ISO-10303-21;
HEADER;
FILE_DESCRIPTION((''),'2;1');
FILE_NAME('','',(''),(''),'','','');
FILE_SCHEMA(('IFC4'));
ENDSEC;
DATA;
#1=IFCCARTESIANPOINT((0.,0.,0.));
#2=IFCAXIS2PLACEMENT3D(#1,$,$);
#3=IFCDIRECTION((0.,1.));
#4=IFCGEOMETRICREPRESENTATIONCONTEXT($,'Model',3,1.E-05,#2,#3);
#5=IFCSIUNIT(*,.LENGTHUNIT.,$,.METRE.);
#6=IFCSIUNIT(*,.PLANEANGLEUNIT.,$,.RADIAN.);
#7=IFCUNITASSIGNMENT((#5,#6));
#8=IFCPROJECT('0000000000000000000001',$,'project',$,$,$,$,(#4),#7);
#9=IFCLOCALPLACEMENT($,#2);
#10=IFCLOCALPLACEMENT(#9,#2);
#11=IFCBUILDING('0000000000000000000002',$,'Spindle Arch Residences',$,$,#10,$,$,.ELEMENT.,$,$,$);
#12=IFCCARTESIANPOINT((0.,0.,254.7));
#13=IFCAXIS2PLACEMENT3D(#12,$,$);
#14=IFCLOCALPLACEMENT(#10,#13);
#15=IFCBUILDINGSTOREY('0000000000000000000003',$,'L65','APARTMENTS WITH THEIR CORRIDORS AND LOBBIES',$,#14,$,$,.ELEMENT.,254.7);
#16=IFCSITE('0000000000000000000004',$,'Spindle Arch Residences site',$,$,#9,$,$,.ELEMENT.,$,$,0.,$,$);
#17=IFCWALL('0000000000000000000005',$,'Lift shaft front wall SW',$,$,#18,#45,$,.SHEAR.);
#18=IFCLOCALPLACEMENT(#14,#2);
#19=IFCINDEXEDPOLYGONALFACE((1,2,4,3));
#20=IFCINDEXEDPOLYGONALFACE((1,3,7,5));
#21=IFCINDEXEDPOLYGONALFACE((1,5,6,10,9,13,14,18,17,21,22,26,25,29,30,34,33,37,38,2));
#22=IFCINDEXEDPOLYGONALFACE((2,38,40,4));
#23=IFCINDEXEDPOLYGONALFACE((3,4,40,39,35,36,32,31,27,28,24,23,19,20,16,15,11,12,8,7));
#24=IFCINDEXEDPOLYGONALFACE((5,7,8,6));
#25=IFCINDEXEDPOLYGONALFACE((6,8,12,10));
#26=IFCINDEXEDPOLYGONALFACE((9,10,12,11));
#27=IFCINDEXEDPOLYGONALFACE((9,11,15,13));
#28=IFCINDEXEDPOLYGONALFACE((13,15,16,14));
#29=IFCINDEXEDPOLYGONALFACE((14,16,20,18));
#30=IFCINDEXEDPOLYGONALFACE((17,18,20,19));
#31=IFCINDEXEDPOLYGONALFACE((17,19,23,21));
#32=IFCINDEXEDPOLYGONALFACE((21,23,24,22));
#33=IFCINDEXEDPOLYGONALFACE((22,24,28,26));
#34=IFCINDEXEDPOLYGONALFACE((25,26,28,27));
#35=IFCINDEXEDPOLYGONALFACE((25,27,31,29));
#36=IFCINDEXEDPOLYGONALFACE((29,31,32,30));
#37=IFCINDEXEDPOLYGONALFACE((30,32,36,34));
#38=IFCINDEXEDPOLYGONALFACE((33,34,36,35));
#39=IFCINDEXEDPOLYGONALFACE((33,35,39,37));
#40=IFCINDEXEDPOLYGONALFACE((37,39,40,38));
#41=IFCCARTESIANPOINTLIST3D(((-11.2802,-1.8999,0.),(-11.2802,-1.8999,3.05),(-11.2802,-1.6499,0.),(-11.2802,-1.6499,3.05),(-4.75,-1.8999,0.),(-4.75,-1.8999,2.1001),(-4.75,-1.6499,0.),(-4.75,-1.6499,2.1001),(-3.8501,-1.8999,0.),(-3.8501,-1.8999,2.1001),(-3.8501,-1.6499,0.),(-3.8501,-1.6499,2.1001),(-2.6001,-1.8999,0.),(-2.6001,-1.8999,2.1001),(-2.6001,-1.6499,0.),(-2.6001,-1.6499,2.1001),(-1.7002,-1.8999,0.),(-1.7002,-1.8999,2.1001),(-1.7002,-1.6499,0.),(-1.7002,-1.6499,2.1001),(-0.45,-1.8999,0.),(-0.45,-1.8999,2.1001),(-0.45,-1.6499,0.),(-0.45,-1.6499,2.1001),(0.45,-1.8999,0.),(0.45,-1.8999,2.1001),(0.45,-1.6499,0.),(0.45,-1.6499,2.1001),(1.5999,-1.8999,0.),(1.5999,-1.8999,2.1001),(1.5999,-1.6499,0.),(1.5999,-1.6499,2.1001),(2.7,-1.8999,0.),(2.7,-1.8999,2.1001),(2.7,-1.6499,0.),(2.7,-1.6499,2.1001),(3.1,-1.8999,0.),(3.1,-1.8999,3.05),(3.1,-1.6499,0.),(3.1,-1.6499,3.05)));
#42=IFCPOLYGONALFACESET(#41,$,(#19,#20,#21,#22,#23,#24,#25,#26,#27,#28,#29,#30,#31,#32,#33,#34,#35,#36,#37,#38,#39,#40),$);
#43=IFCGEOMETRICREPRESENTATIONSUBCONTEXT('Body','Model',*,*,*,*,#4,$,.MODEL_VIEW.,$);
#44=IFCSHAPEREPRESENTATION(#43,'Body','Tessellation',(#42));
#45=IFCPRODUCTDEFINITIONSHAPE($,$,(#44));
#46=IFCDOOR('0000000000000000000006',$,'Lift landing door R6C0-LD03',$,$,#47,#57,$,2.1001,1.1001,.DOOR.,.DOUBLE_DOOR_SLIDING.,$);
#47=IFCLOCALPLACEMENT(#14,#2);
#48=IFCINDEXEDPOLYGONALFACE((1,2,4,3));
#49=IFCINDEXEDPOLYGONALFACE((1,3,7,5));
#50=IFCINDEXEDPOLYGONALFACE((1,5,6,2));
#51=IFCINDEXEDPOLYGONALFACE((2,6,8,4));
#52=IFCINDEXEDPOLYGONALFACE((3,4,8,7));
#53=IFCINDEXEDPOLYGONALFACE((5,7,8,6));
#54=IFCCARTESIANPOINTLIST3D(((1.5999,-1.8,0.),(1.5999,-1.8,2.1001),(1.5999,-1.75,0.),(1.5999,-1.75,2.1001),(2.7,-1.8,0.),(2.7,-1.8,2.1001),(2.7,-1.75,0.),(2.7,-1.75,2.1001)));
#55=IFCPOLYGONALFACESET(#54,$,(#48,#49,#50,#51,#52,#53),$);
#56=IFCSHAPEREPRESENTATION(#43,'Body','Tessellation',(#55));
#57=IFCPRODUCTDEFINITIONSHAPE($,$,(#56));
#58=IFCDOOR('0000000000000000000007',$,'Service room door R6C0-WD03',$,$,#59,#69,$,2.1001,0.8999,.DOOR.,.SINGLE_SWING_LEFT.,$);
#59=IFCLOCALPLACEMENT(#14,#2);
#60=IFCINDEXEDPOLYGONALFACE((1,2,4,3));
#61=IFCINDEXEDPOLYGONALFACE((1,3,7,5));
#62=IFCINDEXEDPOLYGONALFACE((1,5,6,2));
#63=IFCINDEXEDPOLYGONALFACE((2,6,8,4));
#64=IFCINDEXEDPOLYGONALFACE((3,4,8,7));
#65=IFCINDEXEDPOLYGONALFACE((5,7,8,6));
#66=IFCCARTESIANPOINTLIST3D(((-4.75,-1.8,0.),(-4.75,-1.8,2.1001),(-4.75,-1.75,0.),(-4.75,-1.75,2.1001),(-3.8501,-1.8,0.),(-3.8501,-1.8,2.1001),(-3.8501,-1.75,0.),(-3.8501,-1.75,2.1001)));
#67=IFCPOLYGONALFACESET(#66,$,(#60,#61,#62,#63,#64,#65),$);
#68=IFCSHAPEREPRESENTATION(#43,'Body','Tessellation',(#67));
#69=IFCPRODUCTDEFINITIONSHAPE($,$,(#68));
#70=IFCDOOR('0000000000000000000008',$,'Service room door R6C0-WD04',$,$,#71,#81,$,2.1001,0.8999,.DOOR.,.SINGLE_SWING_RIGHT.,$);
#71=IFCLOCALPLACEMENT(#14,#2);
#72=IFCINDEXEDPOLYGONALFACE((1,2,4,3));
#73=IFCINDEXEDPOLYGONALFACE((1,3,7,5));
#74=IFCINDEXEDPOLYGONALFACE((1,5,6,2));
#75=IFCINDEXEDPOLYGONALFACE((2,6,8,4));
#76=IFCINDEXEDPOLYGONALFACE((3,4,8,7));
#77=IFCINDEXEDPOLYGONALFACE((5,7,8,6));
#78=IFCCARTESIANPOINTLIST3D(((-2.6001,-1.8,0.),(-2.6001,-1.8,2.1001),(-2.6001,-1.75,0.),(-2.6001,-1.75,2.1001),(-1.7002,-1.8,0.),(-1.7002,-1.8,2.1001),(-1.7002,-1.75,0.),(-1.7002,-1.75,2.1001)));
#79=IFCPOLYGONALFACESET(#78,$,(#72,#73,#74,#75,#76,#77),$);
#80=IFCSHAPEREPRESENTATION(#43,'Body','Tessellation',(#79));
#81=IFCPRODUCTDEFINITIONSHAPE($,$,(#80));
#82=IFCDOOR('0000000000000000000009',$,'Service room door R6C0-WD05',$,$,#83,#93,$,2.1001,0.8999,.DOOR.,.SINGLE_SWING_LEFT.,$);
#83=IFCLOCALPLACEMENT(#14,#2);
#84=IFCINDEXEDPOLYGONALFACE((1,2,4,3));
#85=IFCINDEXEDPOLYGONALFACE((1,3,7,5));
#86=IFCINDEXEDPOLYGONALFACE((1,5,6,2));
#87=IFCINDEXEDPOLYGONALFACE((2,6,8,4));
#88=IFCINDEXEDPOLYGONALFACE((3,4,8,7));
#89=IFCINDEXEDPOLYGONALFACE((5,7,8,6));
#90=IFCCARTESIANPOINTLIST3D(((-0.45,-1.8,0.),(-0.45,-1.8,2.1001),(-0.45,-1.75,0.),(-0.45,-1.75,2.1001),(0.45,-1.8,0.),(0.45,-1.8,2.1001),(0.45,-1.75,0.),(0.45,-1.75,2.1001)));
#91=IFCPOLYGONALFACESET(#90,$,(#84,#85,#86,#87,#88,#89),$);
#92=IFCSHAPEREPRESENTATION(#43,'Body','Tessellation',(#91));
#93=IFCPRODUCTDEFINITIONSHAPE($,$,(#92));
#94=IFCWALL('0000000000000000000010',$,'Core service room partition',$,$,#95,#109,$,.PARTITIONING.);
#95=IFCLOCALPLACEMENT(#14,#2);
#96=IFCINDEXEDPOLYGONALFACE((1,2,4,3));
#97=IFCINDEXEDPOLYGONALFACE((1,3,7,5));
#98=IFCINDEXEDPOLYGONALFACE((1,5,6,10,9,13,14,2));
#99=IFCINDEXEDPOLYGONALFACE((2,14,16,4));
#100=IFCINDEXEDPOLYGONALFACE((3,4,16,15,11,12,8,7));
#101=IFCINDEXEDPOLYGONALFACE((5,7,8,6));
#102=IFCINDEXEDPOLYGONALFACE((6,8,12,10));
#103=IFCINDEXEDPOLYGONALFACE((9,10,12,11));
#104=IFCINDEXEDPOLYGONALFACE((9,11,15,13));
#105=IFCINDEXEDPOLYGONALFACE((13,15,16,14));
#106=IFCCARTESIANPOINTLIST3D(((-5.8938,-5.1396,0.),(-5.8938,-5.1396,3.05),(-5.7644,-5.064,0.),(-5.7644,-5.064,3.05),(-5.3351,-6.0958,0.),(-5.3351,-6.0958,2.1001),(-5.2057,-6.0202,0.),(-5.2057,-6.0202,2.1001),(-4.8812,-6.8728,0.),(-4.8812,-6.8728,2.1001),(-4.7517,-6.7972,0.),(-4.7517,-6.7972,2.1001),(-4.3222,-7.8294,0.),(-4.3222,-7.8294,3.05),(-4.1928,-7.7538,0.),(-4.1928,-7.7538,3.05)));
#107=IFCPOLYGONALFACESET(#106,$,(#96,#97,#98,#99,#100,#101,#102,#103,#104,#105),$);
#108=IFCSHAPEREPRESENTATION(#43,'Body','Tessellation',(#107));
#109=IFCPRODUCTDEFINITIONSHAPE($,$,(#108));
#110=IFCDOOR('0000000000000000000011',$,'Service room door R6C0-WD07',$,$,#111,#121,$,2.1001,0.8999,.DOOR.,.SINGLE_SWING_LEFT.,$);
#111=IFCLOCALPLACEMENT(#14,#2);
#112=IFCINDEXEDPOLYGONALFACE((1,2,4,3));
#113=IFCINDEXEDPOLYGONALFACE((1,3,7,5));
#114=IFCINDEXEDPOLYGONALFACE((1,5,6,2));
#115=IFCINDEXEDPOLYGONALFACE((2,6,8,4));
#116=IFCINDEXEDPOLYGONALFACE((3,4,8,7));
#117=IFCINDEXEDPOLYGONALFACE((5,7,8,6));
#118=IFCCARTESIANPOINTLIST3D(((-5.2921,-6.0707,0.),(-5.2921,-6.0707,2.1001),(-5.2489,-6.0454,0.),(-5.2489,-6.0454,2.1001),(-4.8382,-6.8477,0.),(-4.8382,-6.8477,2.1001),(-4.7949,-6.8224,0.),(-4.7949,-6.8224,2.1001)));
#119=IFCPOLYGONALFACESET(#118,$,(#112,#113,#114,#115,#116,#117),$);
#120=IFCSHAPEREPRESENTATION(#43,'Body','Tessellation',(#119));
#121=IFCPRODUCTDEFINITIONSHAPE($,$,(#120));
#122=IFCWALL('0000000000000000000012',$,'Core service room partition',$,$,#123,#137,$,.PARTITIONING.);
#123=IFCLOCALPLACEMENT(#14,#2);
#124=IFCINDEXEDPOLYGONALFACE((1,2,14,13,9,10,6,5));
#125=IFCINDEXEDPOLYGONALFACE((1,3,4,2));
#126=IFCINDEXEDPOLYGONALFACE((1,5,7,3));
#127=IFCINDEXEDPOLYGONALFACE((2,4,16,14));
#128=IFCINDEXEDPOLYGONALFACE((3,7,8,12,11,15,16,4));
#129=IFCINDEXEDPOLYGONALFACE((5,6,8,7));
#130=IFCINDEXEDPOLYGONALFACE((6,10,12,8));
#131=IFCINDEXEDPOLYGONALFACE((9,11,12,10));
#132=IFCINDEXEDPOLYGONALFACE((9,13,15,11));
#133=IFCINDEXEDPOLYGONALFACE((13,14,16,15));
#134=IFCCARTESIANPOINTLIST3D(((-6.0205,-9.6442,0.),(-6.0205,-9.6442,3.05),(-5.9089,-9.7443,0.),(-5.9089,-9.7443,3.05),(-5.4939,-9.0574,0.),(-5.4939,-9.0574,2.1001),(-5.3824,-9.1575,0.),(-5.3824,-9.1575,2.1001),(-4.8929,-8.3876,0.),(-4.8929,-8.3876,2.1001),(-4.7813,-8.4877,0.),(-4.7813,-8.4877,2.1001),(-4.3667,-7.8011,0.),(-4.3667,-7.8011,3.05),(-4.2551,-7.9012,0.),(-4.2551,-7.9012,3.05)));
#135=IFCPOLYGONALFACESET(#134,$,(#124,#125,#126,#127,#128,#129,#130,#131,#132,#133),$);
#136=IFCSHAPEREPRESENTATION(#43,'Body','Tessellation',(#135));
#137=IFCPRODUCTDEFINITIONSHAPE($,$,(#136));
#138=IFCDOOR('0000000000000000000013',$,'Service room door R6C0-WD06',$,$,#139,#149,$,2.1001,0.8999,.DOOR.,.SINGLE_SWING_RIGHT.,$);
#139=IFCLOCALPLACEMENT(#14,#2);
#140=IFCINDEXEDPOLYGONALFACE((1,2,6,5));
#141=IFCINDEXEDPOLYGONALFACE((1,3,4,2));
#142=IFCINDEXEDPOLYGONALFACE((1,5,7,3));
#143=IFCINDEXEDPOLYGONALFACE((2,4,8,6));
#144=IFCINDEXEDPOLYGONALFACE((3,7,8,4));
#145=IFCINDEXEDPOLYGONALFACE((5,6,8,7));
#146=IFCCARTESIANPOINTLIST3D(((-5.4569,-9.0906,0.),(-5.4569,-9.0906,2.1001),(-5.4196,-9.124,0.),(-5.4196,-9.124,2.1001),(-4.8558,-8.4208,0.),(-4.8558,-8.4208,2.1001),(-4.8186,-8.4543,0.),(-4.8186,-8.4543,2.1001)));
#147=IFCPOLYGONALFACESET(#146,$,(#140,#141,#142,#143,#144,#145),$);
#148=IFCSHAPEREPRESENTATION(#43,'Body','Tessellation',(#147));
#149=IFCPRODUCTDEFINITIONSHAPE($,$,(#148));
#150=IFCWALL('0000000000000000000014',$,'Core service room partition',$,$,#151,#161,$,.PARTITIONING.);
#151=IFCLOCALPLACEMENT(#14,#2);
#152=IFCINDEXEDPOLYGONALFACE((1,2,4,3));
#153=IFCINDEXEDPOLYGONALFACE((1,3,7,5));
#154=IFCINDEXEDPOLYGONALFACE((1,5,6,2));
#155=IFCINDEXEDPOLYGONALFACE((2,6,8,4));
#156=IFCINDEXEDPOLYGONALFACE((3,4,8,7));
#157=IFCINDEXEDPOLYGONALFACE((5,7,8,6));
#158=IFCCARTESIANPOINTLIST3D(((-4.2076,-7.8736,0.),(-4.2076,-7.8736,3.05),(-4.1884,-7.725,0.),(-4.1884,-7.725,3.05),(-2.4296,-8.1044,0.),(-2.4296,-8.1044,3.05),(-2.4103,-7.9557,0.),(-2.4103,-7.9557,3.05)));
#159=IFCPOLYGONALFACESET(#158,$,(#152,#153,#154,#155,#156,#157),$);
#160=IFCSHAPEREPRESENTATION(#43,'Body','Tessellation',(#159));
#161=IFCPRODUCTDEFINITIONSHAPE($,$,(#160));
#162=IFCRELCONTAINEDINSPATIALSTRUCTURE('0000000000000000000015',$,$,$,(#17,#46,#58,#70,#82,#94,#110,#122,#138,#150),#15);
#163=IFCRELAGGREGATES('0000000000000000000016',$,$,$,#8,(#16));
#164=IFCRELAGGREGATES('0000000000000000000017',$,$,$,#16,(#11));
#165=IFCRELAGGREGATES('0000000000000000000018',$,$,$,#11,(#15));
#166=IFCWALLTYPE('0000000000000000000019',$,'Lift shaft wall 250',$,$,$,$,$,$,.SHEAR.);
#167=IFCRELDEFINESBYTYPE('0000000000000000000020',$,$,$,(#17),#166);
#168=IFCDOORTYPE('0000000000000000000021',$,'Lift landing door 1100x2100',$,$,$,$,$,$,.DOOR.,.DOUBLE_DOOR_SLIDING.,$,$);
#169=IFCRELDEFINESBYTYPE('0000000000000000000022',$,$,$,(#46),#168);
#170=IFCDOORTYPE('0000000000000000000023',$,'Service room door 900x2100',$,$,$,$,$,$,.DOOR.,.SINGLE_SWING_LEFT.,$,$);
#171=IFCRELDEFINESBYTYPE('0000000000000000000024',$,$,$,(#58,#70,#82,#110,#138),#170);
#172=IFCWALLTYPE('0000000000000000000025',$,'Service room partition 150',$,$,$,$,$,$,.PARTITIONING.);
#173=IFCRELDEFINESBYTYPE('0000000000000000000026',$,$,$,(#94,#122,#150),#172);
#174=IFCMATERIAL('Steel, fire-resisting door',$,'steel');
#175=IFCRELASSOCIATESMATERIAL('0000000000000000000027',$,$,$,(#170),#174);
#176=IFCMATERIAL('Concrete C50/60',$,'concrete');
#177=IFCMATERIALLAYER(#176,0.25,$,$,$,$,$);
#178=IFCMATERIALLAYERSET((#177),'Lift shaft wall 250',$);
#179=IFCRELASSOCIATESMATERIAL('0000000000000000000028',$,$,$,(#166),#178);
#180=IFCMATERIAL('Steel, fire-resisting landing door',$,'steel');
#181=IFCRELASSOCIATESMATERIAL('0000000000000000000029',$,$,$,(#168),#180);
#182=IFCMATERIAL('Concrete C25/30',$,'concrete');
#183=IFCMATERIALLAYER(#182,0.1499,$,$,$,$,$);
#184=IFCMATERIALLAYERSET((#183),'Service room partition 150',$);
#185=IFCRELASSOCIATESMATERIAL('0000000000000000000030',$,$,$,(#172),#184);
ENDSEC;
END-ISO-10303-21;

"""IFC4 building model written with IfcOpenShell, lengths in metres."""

from ifc_helpers import new_model, si_unit, direction, frame, frame_2d, origin, place, context, subcontext, project, spatial, rectangle, extrude, material, layer, layer_set, type_object, element, fill, save


model = new_model("IFC4")

# Units and contexts
model_context = context("Model", 3, precision=1e-05, world=origin(), true_north=direction((0.0, 1.0)))
body_context = subcontext(model_context, "Body", "Model", "MODEL_VIEW")
ifc_project = project(units=[si_unit("LENGTHUNIT", "METRE"), si_unit("PLANEANGLEUNIT", "RADIAN")], contexts=[model_context])

# Site, building, storey
site_placement = place(None, origin())
site = spatial("IfcSite", under=ifc_project, at=site_placement, Name="Spindle Arch Residences site", CompositionType="ELEMENT", RefElevation=0.0)
building_placement = place(site_placement, origin())
building = spatial("IfcBuilding", under=site, at=building_placement, Name="Spindle Arch Residences", CompositionType="ELEMENT")
storey_placement = place(building_placement, frame((0.0, 0.0, 254.7)))
storey = spatial("IfcBuildingStorey", under=building, at=storey_placement, Name="L65", Description="APARTMENTS WITH THEIR CORRIDORS AND LOBBIES", CompositionType="ELEMENT", Elevation=254.7)

# Shared definitions
ifc_material_1 = material(Name="Steel, fire-resisting door", Category="steel")
door_type_1 = type_object("IfcDoorType", Name="Service room door 900x2100", OperationType="SINGLE_SWING_LEFT", PredefinedType="DOOR", material=ifc_material_1)

# Wall, openings, doors
ifc_material_2 = material(Name="Concrete C50/60", Category="concrete")
ifc_layer_1 = layer(ifc_material_2, 0.25)
ifc_layer_set_1 = layer_set([ifc_layer_1], Name="Lift shaft wall 250")
wall_type_1 = type_object("IfcWallType", Name="Lift shaft wall 250", PredefinedType="SHEAR", material=ifc_layer_set_1)
wall_1_placement = place(storey_placement, frame((-11.28, -1.7749, 0.0), z_axis=(0.0, 0.0, 1.0), x_axis=(1.0, 0.0, 0.0)))
wall_1 = element("IfcWall", 1, at=wall_1_placement, inside=storey, type_object=wall_type_1, Name="Lift shaft front wall SW", PredefinedType="SHEAR", context=body_context, shape_type="SweptSolid", body=[
    extrude(rectangle(XDim=14.3801, YDim=0.25, at=frame_2d((7.1899, 0.0))), origin(), (0.0, 0.0, 1.0), 3.05),
])
opening_1_placement = place(wall_1_placement, frame((12.8799, 0.0, 0.0)))
opening_1 = element("IfcOpeningElement", 2, at=opening_1_placement, cuts=wall_1, PredefinedType="OPENING", context=body_context, shape_type="SweptSolid", body=[
    extrude(rectangle(XDim=1.1001, YDim=2.1001, at=frame_2d((0.55, 1.05))), frame((0.0, 0.135, 0.0), z_axis=(0.0, -1.0, 0.0), x_axis=(1.0, 0.0, 0.0)), (0.0, 0.0, 1.0), 0.27),
])
opening_2_placement = place(wall_1_placement, frame((6.53, 0.0, 0.0)))
opening_2 = element("IfcOpeningElement", 3, at=opening_2_placement, cuts=wall_1, PredefinedType="OPENING", context=body_context, shape_type="SweptSolid", body=[
    extrude(rectangle(XDim=0.8999, YDim=2.1001, at=frame_2d((0.45, 1.05))), frame((0.0, 0.135, 0.0), z_axis=(0.0, -1.0, 0.0), x_axis=(1.0, 0.0, 0.0)), (0.0, 0.0, 1.0), 0.27),
])
opening_3_placement = place(wall_1_placement, frame((8.6799, 0.0, 0.0)))
opening_3 = element("IfcOpeningElement", 4, at=opening_3_placement, cuts=wall_1, PredefinedType="OPENING", context=body_context, shape_type="SweptSolid", body=[
    extrude(rectangle(XDim=0.8999, YDim=2.1001, at=frame_2d((0.45, 1.05))), frame((0.0, 0.135, 0.0), z_axis=(0.0, -1.0, 0.0), x_axis=(1.0, 0.0, 0.0)), (0.0, 0.0, 1.0), 0.27),
])
opening_4_placement = place(wall_1_placement, frame((10.8301, 0.0, 0.0)))
opening_4 = element("IfcOpeningElement", 5, at=opening_4_placement, cuts=wall_1, PredefinedType="OPENING", context=body_context, shape_type="SweptSolid", body=[
    extrude(rectangle(XDim=0.8999, YDim=2.1001, at=frame_2d((0.45, 1.05))), frame((0.0, 0.135, 0.0), z_axis=(0.0, -1.0, 0.0), x_axis=(1.0, 0.0, 0.0)), (0.0, 0.0, 1.0), 0.27),
])
ifc_material_3 = material(Name="Steel, fire-resisting landing door", Category="steel")
door_type_2 = type_object("IfcDoorType", Name="Lift landing door 1100x2100", OperationType="DOUBLE_DOOR_SLIDING", PredefinedType="DOOR", material=ifc_material_3)
door_1_placement = place(opening_1_placement, origin())
door_1 = element("IfcDoor", 6, at=door_1_placement, inside=storey, type_object=door_type_2, Name="Lift landing door R6C0-LD03", OperationType="DOUBLE_DOOR_SLIDING", OverallHeight=2.1001, OverallWidth=1.1001, PredefinedType="DOOR", context=body_context, shape_type="SweptSolid", body=[
    extrude(rectangle(XDim=1.1001, YDim=2.1001, at=frame_2d((0.55, 1.05))), frame((0.0, 0.0249, 0.0), z_axis=(0.0, -1.0, 0.0), x_axis=(1.0, 0.0, 0.0)), (0.0, 0.0, 1.0), 0.05),
])
fill(opening_1, door_1)
door_2_placement = place(opening_2_placement, origin())
door_2 = element("IfcDoor", 7, at=door_2_placement, inside=storey, type_object=door_type_1, Name="Service room door R6C0-WD03", OperationType="SINGLE_SWING_LEFT", OverallHeight=2.1001, OverallWidth=0.8999, PredefinedType="DOOR", context=body_context, shape_type="SweptSolid", body=[
    extrude(rectangle(XDim=0.8999, YDim=2.1001, at=frame_2d((0.45, 1.05))), frame((0.0, 0.0249, 0.0), z_axis=(0.0, -1.0, 0.0), x_axis=(1.0, 0.0, 0.0)), (0.0, 0.0, 1.0), 0.05),
])
fill(opening_2, door_2)
door_3_placement = place(opening_3_placement, origin())
door_3 = element("IfcDoor", 8, at=door_3_placement, inside=storey, type_object=door_type_1, Name="Service room door R6C0-WD04", OperationType="SINGLE_SWING_RIGHT", OverallHeight=2.1001, OverallWidth=0.8999, PredefinedType="DOOR", context=body_context, shape_type="SweptSolid", body=[
    extrude(rectangle(XDim=0.8999, YDim=2.1001, at=frame_2d((0.45, 1.05))), frame((0.0, 0.0249, 0.0), z_axis=(0.0, -1.0, 0.0), x_axis=(1.0, 0.0, 0.0)), (0.0, 0.0, 1.0), 0.05),
])
fill(opening_3, door_3)
door_4_placement = place(opening_4_placement, origin())
door_4 = element("IfcDoor", 9, at=door_4_placement, inside=storey, type_object=door_type_1, Name="Service room door R6C0-WD05", OperationType="SINGLE_SWING_LEFT", OverallHeight=2.1001, OverallWidth=0.8999, PredefinedType="DOOR", context=body_context, shape_type="SweptSolid", body=[
    extrude(rectangle(XDim=0.8999, YDim=2.1001, at=frame_2d((0.45, 1.05))), frame((0.0, 0.0249, 0.0), z_axis=(0.0, -1.0, 0.0), x_axis=(1.0, 0.0, 0.0)), (0.0, 0.0, 1.0), 0.05),
])
fill(opening_4, door_4)

# Walls, openings, doors
ifc_material_4 = material(Name="Concrete C25/30", Category="concrete")
ifc_layer_2 = layer(ifc_material_4, 0.1499)
ifc_layer_set_2 = layer_set([ifc_layer_2], Name="Service room partition 150")
wall_type_2 = type_object("IfcWallType", Name="Service room partition 150", PredefinedType="PARTITIONING", material=ifc_layer_set_2)
wall_2_placement = place(storey_placement, frame((-5.8291, -5.1018, 0.0), z_axis=(0.0, 0.0, 1.0), x_axis=(0.50448, -0.863423, 0.0)))
wall_2 = element("IfcWall", 10, at=wall_2_placement, inside=storey, type_object=wall_type_2, Name="Core service room partition", PredefinedType="PARTITIONING", context=body_context, shape_type="SweptSolid", body=[
    extrude(rectangle(XDim=3.1152, YDim=0.1499, at=frame_2d((1.5576, 0.0))), origin(), (0.0, 0.0, 1.0), 3.05),
])
opening_5_placement = place(wall_2_placement, frame((1.1074, 0.0, 0.0)))
opening_5 = element("IfcOpeningElement", 11, at=opening_5_placement, cuts=wall_2, PredefinedType="OPENING", context=body_context, shape_type="SweptSolid", body=[
    extrude(rectangle(XDim=0.8999, YDim=2.1001, at=frame_2d((0.45, 1.05))), frame((0.0, 0.085, 0.0), z_axis=(0.0, -1.0, 0.0), x_axis=(1.0, 0.0, 0.0)), (0.0, 0.0, 1.0), 0.1699),
])
door_5_placement = place(opening_5_placement, origin())
door_5 = element("IfcDoor", 12, at=door_5_placement, inside=storey, type_object=door_type_1, Name="Service room door R6C0-WD07", OperationType="SINGLE_SWING_LEFT", OverallHeight=2.1001, OverallWidth=0.8999, PredefinedType="DOOR", context=body_context, shape_type="SweptSolid", body=[
    extrude(rectangle(XDim=0.8999, YDim=2.1001, at=frame_2d((0.45, 1.05))), frame((0.0, 0.0249, 0.0), z_axis=(0.0, -1.0, 0.0), x_axis=(1.0, 0.0, 0.0)), (0.0, 0.0, 1.0), 0.05),
])
fill(opening_5, door_5)
wall_3_placement = place(storey_placement, frame((-4.3108, -7.8511, 0.0), z_axis=(0.0, 0.0, 1.0), x_axis=(-0.667869, -0.744279, 0.0)))
wall_3 = element("IfcWall", 13, at=wall_3_placement, inside=storey, type_object=wall_type_2, Name="Core service room partition", PredefinedType="PARTITIONING", context=body_context, shape_type="SweptSolid", body=[
    extrude(rectangle(XDim=2.4763, YDim=0.1499, at=frame_2d((1.2383, 0.0))), origin(), (0.0, 0.0, 1.0), 3.05),
])
opening_6_placement = place(wall_3_placement, frame((0.7881, 0.0, 0.0)))
opening_6 = element("IfcOpeningElement", 14, at=opening_6_placement, cuts=wall_3, PredefinedType="OPENING", context=body_context, shape_type="SweptSolid", body=[
    extrude(rectangle(XDim=0.8999, YDim=2.1001, at=frame_2d((0.45, 1.05))), frame((0.0, 0.085, 0.0), z_axis=(0.0, -1.0, 0.0), x_axis=(1.0, 0.0, 0.0)), (0.0, 0.0, 1.0), 0.1699),
])
door_6_placement = place(opening_6_placement, origin())
door_6 = element("IfcDoor", 15, at=door_6_placement, inside=storey, type_object=door_type_1, Name="Service room door R6C0-WD06", OperationType="SINGLE_SWING_RIGHT", OverallHeight=2.1001, OverallWidth=0.8999, PredefinedType="DOOR", context=body_context, shape_type="SweptSolid", body=[
    extrude(rectangle(XDim=0.8999, YDim=2.1001, at=frame_2d((0.45, 1.05))), frame((0.0, 0.0249, 0.0), z_axis=(0.0, -1.0, 0.0), x_axis=(1.0, 0.0, 0.0)), (0.0, 0.0, 1.0), 0.05),
])
fill(opening_6, door_6)

# Wall
wall_4_placement = place(storey_placement, frame((-4.198, -7.7993, 0.0), z_axis=(0.0, 0.0, 1.0), x_axis=(0.991687, -0.128676, 0.0)))
element("IfcWall", 16, at=wall_4_placement, inside=storey, type_object=wall_type_2, Name="Core service room partition", PredefinedType="PARTITIONING", context=body_context, shape_type="SweptSolid", body=[
    extrude(rectangle(XDim=1.793, YDim=0.1499, at=frame_2d((0.8965, 0.0))), origin(), (0.0, 0.0, 1.0), 3.05),
])

save(model, "model.ifc")
